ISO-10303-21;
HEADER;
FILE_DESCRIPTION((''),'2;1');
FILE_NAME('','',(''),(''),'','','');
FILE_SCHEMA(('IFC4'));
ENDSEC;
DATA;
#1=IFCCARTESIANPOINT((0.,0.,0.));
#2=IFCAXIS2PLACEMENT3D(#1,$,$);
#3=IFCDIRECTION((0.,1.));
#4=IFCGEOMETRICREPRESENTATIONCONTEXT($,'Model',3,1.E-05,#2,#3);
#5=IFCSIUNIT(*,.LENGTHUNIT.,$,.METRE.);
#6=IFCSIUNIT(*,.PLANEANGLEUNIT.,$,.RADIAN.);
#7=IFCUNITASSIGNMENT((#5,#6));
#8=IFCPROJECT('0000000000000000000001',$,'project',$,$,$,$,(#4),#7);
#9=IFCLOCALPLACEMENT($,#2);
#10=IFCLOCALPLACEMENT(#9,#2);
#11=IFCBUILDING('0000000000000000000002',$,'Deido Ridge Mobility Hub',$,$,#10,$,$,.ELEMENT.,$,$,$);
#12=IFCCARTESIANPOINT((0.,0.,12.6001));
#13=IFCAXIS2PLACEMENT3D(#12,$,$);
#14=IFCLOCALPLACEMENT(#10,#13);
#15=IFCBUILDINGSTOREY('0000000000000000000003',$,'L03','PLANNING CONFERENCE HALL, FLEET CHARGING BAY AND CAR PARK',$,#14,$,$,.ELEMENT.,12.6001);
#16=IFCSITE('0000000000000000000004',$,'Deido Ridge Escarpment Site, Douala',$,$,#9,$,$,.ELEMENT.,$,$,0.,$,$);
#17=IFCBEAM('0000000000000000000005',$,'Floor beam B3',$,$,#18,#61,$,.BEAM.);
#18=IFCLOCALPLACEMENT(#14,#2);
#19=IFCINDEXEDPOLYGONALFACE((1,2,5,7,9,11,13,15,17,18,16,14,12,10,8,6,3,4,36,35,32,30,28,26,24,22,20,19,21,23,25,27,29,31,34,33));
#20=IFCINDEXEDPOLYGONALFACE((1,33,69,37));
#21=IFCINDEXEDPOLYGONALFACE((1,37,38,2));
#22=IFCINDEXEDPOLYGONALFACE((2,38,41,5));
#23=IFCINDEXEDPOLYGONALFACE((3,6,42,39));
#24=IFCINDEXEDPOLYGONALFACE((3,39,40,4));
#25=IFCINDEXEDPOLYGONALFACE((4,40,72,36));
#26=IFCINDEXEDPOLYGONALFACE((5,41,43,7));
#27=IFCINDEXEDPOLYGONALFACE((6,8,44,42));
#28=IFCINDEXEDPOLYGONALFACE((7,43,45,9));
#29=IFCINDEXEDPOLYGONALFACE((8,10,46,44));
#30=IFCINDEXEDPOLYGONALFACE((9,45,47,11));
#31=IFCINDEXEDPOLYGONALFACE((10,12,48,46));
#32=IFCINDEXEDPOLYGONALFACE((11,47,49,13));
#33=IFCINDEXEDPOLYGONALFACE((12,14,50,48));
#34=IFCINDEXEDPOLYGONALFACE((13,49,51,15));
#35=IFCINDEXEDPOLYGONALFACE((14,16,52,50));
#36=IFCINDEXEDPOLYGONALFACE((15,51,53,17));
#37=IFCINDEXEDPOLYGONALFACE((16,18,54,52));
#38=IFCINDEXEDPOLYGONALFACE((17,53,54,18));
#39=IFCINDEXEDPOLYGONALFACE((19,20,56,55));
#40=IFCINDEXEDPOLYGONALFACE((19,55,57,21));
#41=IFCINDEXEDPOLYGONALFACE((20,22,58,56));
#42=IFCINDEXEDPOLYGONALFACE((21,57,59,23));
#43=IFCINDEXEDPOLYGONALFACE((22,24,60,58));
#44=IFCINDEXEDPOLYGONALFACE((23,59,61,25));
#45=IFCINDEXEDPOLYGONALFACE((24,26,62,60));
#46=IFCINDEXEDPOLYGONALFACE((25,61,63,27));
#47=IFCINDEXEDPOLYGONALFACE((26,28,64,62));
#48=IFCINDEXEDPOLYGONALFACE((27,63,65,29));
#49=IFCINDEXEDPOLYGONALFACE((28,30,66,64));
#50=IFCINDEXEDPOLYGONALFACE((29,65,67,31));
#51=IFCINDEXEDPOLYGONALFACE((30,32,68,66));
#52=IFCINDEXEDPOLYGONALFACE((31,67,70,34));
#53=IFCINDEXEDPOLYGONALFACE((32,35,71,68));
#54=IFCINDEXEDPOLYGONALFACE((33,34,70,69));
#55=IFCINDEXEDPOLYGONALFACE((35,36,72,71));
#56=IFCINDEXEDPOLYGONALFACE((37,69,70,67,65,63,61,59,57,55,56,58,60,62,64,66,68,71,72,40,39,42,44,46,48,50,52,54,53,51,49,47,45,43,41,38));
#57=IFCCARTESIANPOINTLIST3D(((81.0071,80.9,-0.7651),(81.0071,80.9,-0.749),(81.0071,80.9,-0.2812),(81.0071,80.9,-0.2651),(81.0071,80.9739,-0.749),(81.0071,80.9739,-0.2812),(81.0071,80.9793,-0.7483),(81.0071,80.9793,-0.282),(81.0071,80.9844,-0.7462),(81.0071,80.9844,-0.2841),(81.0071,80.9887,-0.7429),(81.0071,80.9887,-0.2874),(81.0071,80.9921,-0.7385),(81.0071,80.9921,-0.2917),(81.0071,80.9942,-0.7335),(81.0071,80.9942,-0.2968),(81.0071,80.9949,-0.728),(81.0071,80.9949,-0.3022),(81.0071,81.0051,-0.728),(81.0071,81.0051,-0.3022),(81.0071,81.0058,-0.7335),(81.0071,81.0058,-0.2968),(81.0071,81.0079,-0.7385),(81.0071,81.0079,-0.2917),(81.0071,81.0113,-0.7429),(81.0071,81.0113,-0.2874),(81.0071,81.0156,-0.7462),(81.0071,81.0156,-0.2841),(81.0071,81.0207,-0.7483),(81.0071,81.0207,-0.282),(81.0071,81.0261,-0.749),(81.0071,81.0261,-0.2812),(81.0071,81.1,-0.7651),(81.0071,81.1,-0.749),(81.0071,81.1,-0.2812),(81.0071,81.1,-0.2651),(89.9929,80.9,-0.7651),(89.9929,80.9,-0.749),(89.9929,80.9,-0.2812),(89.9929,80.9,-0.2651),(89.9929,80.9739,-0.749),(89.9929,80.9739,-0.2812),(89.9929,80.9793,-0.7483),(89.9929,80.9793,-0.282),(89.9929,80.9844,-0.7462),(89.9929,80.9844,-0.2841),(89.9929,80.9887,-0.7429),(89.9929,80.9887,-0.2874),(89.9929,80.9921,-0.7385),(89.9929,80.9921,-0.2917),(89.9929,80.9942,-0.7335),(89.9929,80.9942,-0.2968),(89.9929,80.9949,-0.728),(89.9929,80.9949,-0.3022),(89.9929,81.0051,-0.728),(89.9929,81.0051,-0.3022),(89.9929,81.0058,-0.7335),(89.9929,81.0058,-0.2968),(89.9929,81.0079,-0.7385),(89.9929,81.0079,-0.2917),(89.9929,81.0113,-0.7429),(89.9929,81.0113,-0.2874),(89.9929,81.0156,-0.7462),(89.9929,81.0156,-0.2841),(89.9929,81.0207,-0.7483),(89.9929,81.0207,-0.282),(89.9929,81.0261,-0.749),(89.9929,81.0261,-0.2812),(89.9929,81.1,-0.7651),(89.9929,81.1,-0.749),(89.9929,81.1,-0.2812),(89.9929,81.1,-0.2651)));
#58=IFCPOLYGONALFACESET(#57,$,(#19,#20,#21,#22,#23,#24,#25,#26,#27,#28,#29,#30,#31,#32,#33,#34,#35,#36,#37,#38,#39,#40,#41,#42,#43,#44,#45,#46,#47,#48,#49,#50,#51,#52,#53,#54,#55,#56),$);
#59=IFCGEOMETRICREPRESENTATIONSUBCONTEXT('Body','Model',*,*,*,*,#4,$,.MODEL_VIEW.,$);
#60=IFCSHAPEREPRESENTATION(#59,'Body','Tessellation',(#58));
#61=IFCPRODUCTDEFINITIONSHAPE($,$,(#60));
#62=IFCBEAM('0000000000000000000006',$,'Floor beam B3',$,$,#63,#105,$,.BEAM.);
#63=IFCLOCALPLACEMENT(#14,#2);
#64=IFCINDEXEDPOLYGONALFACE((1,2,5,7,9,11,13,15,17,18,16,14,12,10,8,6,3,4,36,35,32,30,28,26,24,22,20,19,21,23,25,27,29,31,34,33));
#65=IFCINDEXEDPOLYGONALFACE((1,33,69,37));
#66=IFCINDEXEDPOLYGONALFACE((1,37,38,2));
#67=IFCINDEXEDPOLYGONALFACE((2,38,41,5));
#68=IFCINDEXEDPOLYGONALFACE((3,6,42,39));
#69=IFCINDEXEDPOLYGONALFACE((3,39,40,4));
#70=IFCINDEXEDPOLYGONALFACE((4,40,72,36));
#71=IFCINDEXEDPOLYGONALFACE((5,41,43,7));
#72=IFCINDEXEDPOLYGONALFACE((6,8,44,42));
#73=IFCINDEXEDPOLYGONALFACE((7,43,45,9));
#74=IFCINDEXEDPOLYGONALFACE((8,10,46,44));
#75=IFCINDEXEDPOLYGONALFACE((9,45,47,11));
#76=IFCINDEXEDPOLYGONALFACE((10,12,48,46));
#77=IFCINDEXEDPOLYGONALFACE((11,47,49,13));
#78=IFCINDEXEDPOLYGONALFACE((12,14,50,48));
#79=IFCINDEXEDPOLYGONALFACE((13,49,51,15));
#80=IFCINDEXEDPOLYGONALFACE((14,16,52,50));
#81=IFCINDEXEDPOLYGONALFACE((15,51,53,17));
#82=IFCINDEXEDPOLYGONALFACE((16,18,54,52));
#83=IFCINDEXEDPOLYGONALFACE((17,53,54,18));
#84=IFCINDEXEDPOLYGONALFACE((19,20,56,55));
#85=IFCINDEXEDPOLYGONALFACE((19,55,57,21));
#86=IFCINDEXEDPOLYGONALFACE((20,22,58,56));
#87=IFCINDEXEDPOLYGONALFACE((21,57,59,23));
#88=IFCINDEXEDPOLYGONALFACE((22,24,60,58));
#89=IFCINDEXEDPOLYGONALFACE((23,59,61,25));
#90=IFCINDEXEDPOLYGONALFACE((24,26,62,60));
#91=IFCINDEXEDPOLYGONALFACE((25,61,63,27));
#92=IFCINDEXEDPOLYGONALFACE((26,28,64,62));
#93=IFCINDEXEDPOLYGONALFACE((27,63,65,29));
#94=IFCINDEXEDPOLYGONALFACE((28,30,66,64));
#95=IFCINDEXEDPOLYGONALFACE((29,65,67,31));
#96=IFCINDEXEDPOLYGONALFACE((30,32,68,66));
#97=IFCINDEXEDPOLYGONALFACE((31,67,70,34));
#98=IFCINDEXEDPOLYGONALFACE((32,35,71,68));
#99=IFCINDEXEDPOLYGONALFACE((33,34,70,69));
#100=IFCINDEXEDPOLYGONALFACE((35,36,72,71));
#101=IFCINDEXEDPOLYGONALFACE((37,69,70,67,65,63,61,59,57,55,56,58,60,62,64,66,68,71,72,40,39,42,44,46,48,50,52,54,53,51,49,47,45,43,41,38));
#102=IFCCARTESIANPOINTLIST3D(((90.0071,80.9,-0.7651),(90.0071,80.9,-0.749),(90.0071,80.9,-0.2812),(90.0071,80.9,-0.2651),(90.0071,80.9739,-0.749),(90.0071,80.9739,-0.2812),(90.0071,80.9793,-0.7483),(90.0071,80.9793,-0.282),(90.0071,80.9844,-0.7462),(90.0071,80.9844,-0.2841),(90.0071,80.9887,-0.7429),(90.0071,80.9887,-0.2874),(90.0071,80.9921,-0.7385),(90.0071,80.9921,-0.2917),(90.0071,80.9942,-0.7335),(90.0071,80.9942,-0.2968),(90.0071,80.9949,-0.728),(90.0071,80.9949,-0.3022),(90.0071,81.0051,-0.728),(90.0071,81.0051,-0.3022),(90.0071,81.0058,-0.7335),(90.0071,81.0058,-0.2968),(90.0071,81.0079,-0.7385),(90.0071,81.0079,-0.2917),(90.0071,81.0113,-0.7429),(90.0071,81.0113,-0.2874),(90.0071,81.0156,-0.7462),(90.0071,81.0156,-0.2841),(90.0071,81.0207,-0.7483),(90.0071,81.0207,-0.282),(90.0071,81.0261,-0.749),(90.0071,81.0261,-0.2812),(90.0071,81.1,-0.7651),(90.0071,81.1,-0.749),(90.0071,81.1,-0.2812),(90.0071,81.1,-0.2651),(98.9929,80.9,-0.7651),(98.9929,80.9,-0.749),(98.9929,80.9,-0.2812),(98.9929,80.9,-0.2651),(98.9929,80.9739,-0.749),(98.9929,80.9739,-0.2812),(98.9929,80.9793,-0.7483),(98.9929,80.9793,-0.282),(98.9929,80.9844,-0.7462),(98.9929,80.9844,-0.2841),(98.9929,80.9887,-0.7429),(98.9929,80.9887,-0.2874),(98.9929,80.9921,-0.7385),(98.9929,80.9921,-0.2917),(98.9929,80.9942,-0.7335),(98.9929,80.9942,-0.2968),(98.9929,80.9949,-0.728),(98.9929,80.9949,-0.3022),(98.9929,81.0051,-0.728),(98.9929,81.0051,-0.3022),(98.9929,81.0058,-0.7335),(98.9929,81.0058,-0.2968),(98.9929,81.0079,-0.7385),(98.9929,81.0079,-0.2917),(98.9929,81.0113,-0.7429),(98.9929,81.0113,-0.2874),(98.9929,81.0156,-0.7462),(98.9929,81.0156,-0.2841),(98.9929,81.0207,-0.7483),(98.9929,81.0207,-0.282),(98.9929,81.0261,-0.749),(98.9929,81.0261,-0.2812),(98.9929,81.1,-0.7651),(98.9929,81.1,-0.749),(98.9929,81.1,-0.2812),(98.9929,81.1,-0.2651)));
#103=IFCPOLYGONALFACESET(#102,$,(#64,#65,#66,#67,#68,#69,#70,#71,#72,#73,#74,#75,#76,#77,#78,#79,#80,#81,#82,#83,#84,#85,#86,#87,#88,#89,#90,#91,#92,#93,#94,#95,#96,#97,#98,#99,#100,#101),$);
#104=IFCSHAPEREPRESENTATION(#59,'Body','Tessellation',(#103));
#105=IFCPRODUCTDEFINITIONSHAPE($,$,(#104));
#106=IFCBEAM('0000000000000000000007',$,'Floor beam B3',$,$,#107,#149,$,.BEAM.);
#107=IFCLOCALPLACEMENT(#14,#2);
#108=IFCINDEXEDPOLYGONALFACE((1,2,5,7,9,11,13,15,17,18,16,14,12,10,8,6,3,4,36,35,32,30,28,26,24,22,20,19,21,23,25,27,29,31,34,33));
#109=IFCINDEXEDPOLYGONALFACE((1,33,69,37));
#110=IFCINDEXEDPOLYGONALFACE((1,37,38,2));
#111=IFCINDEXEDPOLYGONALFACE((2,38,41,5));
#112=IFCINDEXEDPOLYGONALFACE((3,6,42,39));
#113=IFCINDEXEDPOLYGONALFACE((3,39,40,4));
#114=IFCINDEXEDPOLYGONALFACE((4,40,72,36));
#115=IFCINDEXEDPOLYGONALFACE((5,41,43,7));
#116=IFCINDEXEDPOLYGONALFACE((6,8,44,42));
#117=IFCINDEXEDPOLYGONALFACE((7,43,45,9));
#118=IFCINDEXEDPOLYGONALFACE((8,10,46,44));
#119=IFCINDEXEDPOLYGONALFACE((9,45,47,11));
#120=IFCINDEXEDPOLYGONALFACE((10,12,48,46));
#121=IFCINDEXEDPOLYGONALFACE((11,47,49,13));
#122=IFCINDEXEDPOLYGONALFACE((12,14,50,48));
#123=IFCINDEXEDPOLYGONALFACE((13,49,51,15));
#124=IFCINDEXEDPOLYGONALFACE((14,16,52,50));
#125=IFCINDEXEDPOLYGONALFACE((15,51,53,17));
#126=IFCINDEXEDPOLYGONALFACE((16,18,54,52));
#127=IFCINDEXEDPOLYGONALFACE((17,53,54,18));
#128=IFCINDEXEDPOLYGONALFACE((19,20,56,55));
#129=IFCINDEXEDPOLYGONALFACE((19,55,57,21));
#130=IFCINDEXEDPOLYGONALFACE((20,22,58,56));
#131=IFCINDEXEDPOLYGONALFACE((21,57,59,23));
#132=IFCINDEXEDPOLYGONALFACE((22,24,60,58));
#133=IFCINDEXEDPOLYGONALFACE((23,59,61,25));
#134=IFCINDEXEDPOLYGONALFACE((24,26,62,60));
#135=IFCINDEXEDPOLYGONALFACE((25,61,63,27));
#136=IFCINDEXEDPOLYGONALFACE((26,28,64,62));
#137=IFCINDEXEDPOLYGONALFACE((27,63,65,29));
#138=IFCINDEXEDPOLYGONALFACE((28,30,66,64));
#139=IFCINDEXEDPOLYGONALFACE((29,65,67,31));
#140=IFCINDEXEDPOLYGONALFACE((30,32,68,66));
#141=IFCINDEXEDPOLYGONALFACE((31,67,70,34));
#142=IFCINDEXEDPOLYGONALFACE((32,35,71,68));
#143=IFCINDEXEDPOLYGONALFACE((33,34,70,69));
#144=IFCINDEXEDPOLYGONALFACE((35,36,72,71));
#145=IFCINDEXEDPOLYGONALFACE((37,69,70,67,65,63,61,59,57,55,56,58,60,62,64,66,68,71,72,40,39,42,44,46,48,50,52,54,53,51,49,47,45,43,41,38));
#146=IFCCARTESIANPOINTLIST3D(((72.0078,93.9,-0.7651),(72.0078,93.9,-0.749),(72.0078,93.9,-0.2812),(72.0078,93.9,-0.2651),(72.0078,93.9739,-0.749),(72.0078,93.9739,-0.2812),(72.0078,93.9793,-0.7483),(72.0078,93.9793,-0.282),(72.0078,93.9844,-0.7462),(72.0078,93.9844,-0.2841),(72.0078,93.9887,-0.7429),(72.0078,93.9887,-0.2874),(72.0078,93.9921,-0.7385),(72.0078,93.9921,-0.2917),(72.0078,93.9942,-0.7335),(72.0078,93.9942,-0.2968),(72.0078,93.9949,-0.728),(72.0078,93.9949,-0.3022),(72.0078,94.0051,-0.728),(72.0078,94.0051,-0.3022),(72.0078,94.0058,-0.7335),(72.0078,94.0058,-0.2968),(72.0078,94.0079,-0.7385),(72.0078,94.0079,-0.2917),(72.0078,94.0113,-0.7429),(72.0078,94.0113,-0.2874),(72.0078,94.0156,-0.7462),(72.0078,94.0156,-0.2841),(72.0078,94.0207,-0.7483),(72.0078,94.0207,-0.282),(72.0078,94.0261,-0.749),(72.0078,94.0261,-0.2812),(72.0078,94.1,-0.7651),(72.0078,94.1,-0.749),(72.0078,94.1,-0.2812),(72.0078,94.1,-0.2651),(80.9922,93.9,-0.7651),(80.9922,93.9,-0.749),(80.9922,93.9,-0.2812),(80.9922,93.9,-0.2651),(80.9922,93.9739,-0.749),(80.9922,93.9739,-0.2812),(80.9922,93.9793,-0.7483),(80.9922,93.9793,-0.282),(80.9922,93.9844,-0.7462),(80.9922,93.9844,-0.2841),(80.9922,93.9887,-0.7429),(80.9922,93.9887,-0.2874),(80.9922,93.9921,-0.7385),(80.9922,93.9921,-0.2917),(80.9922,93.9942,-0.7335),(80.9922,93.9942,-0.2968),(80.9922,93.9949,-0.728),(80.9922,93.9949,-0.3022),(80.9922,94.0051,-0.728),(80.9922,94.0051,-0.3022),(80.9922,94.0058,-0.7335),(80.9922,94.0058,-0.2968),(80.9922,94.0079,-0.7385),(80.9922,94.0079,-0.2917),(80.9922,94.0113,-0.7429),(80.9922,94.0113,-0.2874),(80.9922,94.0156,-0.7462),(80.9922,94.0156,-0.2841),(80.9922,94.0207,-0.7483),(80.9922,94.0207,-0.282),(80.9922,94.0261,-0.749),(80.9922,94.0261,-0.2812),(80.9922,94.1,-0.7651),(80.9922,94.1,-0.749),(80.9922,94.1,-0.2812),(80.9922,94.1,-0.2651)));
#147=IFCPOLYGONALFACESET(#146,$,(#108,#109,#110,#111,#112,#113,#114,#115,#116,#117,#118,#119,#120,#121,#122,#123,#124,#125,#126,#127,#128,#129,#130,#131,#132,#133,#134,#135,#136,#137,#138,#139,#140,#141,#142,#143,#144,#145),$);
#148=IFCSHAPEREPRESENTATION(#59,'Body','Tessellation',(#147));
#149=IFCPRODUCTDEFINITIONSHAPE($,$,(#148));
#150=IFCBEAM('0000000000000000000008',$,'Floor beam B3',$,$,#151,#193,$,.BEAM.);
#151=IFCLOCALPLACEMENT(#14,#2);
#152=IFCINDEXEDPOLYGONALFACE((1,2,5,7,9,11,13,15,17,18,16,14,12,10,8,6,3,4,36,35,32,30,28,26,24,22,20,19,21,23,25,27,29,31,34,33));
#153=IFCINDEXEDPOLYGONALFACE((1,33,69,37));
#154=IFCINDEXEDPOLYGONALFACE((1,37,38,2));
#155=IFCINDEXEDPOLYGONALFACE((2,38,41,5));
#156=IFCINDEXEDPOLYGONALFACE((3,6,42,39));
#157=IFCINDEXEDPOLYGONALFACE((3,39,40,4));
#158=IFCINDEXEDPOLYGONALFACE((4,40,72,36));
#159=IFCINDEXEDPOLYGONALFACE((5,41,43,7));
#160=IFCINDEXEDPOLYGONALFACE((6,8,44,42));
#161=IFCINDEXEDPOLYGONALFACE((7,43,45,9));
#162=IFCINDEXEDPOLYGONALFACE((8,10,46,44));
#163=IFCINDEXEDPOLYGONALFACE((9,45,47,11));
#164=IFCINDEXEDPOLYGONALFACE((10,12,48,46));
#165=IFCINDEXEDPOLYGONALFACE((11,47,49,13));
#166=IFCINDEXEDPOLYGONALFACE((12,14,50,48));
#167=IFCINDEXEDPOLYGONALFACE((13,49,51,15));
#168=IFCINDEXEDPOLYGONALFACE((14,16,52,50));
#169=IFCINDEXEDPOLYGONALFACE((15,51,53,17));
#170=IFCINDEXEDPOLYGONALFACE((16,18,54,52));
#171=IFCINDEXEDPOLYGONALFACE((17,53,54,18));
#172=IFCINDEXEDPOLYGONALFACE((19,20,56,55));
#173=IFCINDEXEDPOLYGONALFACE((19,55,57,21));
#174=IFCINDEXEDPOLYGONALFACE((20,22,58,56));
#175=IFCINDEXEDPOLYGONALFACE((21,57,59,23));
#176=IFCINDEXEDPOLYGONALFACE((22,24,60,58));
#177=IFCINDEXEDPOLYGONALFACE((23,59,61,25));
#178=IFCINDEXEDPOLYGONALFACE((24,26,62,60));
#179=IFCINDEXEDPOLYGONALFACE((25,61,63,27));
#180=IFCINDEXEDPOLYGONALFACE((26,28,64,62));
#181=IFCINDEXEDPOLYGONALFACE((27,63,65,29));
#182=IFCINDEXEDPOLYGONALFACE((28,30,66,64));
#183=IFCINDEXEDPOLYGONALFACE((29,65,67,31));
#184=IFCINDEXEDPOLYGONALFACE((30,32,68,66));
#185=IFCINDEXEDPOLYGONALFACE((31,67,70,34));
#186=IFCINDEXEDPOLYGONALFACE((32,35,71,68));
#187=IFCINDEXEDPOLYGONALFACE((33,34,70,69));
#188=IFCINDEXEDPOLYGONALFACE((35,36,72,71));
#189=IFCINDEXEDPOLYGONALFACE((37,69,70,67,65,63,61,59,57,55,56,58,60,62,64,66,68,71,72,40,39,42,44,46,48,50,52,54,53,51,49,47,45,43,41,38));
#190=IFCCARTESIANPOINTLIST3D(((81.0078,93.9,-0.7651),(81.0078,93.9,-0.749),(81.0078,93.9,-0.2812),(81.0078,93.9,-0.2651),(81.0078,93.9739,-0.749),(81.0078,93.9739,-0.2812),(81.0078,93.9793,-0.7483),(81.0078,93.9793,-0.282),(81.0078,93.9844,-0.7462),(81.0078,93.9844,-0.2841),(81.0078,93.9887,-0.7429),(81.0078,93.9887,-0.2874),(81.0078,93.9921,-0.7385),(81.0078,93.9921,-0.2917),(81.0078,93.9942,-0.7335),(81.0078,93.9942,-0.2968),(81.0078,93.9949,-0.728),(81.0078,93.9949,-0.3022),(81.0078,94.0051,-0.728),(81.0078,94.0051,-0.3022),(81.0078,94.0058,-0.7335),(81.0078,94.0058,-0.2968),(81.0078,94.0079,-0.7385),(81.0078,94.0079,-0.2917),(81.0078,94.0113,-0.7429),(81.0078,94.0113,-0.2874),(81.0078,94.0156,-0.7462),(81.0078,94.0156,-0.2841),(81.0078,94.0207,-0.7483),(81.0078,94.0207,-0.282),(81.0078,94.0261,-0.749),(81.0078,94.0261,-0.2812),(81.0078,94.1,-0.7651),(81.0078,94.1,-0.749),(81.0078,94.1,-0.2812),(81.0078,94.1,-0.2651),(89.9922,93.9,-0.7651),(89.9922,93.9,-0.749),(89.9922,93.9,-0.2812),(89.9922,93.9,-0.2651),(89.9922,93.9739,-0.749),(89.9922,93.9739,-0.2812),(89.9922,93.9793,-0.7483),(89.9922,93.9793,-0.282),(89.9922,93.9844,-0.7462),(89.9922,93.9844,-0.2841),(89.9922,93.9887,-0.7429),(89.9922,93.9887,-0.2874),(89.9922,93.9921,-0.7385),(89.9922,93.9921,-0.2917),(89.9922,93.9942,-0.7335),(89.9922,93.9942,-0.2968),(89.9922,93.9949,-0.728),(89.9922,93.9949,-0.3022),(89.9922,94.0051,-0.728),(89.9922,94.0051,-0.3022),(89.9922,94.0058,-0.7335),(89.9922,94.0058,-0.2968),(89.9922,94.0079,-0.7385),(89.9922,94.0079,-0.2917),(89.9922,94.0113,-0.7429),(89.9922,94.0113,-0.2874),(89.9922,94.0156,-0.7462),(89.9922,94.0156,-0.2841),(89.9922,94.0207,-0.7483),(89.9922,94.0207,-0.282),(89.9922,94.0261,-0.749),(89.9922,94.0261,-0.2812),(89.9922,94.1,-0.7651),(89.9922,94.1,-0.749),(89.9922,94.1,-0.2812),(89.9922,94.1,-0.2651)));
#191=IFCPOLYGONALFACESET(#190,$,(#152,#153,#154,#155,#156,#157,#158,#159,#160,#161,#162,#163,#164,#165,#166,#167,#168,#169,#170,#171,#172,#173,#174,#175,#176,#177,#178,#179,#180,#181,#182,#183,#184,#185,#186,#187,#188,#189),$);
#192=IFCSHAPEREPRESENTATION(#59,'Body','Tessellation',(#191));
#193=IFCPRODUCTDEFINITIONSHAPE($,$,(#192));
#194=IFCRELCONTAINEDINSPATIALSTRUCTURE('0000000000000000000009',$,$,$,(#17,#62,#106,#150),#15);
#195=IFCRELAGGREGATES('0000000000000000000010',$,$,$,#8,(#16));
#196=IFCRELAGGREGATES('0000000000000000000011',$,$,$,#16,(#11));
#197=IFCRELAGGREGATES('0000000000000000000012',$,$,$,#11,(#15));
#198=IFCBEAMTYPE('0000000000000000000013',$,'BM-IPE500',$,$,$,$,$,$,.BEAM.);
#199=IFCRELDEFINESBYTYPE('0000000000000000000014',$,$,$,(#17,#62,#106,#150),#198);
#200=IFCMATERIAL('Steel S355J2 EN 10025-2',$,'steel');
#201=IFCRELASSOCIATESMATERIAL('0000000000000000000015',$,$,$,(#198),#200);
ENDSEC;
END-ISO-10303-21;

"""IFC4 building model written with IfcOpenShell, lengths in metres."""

from ifc_helpers import new_model, si_unit, direction, frame, origin, origin_2d, place, context, subcontext, project, spatial, i_section, extrude, material, material_profile, profile_set, type_object, element, save


model = new_model("IFC4")

# Units and contexts
model_context = context("Model", 3, precision=1e-05, world=origin(), true_north=direction((0.0, 1.0)))
body_context = subcontext(model_context, "Body", "Model", "MODEL_VIEW")
ifc_project = project(units=[si_unit("LENGTHUNIT", "METRE"), si_unit("PLANEANGLEUNIT", "RADIAN")], contexts=[model_context])

# Site, building, storey
site_placement = place(None, origin())
site = spatial("IfcSite", under=ifc_project, at=site_placement, Name="Deido Ridge Escarpment Site, Douala", CompositionType="ELEMENT", RefElevation=0.0)
building_placement = place(site_placement, origin())
building = spatial("IfcBuilding", under=site, at=building_placement, Name="Deido Ridge Mobility Hub", CompositionType="ELEMENT")
storey_placement = place(building_placement, frame((0.0, 0.0, 12.6001)))
storey = spatial("IfcBuildingStorey", under=building, at=storey_placement, Name="L03", Description="PLANNING CONFERENCE HALL, FLEET CHARGING BAY AND CAR PARK", CompositionType="ELEMENT", Elevation=12.6001)

# Shared definitions
ifc_material_1 = material(Name="Steel S355J2 EN 10025-2", Category="steel")

# Beams
ifc_material_profile_1 = material_profile(ifc_material_1, i_section(OverallWidth=0.2, OverallDepth=0.5, WebThickness=0.0103, FlangeThickness=0.0161, FilletRadius=0.021, at=origin_2d()), Name="IPE 500")
ifc_profile_set_1 = profile_set([ifc_material_profile_1], Name="Steel S355J2 EN 10025-2")
beam_type_1 = type_object("IfcBeamType", Name="BM-IPE500", PredefinedType="BEAM", material=ifc_profile_set_1)
for number, where, z_axis, x_axis, name in (
    (1, (81.0071, 81.0, -0.5151), (1.0, 0.0, 0.0), (0.0, 1.0, 0.0), "Floor beam B3"),
    (2, (90.0071, 81.0, -0.5151), (1.0, 0.0, 0.0), (0.0, 1.0, 0.0), "Floor beam B3"),
):
    element("IfcBeam", number, at=place(storey_placement, frame(where, z_axis=z_axis, x_axis=x_axis)), inside=storey, type_object=beam_type_1, Name=name, PredefinedType="BEAM", context=body_context, shape_type="SweptSolid", body=[
        extrude(i_section(OverallWidth=0.2, OverallDepth=0.5, WebThickness=0.0103, FlangeThickness=0.0161, FilletRadius=0.021, at=origin_2d()), origin(), (0.0, 0.0, 1.0), 8.9858),
    ])
for number, where, z_axis, x_axis, name in (
    (3, (72.0078, 94.0, -0.5151), (1.0, 0.0, 0.0), (0.0, 1.0, 0.0), "Floor beam B3"),
    (4, (81.0078, 94.0, -0.5151), (1.0, 0.0, 0.0), (0.0, 1.0, 0.0), "Floor beam B3"),
):
    element("IfcBeam", number, at=place(storey_placement, frame(where, z_axis=z_axis, x_axis=x_axis)), inside=storey, type_object=beam_type_1, Name=name, PredefinedType="BEAM", context=body_context, shape_type="SweptSolid", body=[
        extrude(i_section(OverallWidth=0.2, OverallDepth=0.5, WebThickness=0.0103, FlangeThickness=0.0161, FilletRadius=0.021, at=origin_2d()), origin(), (0.0, 0.0, 1.0), 8.9844),
    ])

save(model, "model.ifc")
